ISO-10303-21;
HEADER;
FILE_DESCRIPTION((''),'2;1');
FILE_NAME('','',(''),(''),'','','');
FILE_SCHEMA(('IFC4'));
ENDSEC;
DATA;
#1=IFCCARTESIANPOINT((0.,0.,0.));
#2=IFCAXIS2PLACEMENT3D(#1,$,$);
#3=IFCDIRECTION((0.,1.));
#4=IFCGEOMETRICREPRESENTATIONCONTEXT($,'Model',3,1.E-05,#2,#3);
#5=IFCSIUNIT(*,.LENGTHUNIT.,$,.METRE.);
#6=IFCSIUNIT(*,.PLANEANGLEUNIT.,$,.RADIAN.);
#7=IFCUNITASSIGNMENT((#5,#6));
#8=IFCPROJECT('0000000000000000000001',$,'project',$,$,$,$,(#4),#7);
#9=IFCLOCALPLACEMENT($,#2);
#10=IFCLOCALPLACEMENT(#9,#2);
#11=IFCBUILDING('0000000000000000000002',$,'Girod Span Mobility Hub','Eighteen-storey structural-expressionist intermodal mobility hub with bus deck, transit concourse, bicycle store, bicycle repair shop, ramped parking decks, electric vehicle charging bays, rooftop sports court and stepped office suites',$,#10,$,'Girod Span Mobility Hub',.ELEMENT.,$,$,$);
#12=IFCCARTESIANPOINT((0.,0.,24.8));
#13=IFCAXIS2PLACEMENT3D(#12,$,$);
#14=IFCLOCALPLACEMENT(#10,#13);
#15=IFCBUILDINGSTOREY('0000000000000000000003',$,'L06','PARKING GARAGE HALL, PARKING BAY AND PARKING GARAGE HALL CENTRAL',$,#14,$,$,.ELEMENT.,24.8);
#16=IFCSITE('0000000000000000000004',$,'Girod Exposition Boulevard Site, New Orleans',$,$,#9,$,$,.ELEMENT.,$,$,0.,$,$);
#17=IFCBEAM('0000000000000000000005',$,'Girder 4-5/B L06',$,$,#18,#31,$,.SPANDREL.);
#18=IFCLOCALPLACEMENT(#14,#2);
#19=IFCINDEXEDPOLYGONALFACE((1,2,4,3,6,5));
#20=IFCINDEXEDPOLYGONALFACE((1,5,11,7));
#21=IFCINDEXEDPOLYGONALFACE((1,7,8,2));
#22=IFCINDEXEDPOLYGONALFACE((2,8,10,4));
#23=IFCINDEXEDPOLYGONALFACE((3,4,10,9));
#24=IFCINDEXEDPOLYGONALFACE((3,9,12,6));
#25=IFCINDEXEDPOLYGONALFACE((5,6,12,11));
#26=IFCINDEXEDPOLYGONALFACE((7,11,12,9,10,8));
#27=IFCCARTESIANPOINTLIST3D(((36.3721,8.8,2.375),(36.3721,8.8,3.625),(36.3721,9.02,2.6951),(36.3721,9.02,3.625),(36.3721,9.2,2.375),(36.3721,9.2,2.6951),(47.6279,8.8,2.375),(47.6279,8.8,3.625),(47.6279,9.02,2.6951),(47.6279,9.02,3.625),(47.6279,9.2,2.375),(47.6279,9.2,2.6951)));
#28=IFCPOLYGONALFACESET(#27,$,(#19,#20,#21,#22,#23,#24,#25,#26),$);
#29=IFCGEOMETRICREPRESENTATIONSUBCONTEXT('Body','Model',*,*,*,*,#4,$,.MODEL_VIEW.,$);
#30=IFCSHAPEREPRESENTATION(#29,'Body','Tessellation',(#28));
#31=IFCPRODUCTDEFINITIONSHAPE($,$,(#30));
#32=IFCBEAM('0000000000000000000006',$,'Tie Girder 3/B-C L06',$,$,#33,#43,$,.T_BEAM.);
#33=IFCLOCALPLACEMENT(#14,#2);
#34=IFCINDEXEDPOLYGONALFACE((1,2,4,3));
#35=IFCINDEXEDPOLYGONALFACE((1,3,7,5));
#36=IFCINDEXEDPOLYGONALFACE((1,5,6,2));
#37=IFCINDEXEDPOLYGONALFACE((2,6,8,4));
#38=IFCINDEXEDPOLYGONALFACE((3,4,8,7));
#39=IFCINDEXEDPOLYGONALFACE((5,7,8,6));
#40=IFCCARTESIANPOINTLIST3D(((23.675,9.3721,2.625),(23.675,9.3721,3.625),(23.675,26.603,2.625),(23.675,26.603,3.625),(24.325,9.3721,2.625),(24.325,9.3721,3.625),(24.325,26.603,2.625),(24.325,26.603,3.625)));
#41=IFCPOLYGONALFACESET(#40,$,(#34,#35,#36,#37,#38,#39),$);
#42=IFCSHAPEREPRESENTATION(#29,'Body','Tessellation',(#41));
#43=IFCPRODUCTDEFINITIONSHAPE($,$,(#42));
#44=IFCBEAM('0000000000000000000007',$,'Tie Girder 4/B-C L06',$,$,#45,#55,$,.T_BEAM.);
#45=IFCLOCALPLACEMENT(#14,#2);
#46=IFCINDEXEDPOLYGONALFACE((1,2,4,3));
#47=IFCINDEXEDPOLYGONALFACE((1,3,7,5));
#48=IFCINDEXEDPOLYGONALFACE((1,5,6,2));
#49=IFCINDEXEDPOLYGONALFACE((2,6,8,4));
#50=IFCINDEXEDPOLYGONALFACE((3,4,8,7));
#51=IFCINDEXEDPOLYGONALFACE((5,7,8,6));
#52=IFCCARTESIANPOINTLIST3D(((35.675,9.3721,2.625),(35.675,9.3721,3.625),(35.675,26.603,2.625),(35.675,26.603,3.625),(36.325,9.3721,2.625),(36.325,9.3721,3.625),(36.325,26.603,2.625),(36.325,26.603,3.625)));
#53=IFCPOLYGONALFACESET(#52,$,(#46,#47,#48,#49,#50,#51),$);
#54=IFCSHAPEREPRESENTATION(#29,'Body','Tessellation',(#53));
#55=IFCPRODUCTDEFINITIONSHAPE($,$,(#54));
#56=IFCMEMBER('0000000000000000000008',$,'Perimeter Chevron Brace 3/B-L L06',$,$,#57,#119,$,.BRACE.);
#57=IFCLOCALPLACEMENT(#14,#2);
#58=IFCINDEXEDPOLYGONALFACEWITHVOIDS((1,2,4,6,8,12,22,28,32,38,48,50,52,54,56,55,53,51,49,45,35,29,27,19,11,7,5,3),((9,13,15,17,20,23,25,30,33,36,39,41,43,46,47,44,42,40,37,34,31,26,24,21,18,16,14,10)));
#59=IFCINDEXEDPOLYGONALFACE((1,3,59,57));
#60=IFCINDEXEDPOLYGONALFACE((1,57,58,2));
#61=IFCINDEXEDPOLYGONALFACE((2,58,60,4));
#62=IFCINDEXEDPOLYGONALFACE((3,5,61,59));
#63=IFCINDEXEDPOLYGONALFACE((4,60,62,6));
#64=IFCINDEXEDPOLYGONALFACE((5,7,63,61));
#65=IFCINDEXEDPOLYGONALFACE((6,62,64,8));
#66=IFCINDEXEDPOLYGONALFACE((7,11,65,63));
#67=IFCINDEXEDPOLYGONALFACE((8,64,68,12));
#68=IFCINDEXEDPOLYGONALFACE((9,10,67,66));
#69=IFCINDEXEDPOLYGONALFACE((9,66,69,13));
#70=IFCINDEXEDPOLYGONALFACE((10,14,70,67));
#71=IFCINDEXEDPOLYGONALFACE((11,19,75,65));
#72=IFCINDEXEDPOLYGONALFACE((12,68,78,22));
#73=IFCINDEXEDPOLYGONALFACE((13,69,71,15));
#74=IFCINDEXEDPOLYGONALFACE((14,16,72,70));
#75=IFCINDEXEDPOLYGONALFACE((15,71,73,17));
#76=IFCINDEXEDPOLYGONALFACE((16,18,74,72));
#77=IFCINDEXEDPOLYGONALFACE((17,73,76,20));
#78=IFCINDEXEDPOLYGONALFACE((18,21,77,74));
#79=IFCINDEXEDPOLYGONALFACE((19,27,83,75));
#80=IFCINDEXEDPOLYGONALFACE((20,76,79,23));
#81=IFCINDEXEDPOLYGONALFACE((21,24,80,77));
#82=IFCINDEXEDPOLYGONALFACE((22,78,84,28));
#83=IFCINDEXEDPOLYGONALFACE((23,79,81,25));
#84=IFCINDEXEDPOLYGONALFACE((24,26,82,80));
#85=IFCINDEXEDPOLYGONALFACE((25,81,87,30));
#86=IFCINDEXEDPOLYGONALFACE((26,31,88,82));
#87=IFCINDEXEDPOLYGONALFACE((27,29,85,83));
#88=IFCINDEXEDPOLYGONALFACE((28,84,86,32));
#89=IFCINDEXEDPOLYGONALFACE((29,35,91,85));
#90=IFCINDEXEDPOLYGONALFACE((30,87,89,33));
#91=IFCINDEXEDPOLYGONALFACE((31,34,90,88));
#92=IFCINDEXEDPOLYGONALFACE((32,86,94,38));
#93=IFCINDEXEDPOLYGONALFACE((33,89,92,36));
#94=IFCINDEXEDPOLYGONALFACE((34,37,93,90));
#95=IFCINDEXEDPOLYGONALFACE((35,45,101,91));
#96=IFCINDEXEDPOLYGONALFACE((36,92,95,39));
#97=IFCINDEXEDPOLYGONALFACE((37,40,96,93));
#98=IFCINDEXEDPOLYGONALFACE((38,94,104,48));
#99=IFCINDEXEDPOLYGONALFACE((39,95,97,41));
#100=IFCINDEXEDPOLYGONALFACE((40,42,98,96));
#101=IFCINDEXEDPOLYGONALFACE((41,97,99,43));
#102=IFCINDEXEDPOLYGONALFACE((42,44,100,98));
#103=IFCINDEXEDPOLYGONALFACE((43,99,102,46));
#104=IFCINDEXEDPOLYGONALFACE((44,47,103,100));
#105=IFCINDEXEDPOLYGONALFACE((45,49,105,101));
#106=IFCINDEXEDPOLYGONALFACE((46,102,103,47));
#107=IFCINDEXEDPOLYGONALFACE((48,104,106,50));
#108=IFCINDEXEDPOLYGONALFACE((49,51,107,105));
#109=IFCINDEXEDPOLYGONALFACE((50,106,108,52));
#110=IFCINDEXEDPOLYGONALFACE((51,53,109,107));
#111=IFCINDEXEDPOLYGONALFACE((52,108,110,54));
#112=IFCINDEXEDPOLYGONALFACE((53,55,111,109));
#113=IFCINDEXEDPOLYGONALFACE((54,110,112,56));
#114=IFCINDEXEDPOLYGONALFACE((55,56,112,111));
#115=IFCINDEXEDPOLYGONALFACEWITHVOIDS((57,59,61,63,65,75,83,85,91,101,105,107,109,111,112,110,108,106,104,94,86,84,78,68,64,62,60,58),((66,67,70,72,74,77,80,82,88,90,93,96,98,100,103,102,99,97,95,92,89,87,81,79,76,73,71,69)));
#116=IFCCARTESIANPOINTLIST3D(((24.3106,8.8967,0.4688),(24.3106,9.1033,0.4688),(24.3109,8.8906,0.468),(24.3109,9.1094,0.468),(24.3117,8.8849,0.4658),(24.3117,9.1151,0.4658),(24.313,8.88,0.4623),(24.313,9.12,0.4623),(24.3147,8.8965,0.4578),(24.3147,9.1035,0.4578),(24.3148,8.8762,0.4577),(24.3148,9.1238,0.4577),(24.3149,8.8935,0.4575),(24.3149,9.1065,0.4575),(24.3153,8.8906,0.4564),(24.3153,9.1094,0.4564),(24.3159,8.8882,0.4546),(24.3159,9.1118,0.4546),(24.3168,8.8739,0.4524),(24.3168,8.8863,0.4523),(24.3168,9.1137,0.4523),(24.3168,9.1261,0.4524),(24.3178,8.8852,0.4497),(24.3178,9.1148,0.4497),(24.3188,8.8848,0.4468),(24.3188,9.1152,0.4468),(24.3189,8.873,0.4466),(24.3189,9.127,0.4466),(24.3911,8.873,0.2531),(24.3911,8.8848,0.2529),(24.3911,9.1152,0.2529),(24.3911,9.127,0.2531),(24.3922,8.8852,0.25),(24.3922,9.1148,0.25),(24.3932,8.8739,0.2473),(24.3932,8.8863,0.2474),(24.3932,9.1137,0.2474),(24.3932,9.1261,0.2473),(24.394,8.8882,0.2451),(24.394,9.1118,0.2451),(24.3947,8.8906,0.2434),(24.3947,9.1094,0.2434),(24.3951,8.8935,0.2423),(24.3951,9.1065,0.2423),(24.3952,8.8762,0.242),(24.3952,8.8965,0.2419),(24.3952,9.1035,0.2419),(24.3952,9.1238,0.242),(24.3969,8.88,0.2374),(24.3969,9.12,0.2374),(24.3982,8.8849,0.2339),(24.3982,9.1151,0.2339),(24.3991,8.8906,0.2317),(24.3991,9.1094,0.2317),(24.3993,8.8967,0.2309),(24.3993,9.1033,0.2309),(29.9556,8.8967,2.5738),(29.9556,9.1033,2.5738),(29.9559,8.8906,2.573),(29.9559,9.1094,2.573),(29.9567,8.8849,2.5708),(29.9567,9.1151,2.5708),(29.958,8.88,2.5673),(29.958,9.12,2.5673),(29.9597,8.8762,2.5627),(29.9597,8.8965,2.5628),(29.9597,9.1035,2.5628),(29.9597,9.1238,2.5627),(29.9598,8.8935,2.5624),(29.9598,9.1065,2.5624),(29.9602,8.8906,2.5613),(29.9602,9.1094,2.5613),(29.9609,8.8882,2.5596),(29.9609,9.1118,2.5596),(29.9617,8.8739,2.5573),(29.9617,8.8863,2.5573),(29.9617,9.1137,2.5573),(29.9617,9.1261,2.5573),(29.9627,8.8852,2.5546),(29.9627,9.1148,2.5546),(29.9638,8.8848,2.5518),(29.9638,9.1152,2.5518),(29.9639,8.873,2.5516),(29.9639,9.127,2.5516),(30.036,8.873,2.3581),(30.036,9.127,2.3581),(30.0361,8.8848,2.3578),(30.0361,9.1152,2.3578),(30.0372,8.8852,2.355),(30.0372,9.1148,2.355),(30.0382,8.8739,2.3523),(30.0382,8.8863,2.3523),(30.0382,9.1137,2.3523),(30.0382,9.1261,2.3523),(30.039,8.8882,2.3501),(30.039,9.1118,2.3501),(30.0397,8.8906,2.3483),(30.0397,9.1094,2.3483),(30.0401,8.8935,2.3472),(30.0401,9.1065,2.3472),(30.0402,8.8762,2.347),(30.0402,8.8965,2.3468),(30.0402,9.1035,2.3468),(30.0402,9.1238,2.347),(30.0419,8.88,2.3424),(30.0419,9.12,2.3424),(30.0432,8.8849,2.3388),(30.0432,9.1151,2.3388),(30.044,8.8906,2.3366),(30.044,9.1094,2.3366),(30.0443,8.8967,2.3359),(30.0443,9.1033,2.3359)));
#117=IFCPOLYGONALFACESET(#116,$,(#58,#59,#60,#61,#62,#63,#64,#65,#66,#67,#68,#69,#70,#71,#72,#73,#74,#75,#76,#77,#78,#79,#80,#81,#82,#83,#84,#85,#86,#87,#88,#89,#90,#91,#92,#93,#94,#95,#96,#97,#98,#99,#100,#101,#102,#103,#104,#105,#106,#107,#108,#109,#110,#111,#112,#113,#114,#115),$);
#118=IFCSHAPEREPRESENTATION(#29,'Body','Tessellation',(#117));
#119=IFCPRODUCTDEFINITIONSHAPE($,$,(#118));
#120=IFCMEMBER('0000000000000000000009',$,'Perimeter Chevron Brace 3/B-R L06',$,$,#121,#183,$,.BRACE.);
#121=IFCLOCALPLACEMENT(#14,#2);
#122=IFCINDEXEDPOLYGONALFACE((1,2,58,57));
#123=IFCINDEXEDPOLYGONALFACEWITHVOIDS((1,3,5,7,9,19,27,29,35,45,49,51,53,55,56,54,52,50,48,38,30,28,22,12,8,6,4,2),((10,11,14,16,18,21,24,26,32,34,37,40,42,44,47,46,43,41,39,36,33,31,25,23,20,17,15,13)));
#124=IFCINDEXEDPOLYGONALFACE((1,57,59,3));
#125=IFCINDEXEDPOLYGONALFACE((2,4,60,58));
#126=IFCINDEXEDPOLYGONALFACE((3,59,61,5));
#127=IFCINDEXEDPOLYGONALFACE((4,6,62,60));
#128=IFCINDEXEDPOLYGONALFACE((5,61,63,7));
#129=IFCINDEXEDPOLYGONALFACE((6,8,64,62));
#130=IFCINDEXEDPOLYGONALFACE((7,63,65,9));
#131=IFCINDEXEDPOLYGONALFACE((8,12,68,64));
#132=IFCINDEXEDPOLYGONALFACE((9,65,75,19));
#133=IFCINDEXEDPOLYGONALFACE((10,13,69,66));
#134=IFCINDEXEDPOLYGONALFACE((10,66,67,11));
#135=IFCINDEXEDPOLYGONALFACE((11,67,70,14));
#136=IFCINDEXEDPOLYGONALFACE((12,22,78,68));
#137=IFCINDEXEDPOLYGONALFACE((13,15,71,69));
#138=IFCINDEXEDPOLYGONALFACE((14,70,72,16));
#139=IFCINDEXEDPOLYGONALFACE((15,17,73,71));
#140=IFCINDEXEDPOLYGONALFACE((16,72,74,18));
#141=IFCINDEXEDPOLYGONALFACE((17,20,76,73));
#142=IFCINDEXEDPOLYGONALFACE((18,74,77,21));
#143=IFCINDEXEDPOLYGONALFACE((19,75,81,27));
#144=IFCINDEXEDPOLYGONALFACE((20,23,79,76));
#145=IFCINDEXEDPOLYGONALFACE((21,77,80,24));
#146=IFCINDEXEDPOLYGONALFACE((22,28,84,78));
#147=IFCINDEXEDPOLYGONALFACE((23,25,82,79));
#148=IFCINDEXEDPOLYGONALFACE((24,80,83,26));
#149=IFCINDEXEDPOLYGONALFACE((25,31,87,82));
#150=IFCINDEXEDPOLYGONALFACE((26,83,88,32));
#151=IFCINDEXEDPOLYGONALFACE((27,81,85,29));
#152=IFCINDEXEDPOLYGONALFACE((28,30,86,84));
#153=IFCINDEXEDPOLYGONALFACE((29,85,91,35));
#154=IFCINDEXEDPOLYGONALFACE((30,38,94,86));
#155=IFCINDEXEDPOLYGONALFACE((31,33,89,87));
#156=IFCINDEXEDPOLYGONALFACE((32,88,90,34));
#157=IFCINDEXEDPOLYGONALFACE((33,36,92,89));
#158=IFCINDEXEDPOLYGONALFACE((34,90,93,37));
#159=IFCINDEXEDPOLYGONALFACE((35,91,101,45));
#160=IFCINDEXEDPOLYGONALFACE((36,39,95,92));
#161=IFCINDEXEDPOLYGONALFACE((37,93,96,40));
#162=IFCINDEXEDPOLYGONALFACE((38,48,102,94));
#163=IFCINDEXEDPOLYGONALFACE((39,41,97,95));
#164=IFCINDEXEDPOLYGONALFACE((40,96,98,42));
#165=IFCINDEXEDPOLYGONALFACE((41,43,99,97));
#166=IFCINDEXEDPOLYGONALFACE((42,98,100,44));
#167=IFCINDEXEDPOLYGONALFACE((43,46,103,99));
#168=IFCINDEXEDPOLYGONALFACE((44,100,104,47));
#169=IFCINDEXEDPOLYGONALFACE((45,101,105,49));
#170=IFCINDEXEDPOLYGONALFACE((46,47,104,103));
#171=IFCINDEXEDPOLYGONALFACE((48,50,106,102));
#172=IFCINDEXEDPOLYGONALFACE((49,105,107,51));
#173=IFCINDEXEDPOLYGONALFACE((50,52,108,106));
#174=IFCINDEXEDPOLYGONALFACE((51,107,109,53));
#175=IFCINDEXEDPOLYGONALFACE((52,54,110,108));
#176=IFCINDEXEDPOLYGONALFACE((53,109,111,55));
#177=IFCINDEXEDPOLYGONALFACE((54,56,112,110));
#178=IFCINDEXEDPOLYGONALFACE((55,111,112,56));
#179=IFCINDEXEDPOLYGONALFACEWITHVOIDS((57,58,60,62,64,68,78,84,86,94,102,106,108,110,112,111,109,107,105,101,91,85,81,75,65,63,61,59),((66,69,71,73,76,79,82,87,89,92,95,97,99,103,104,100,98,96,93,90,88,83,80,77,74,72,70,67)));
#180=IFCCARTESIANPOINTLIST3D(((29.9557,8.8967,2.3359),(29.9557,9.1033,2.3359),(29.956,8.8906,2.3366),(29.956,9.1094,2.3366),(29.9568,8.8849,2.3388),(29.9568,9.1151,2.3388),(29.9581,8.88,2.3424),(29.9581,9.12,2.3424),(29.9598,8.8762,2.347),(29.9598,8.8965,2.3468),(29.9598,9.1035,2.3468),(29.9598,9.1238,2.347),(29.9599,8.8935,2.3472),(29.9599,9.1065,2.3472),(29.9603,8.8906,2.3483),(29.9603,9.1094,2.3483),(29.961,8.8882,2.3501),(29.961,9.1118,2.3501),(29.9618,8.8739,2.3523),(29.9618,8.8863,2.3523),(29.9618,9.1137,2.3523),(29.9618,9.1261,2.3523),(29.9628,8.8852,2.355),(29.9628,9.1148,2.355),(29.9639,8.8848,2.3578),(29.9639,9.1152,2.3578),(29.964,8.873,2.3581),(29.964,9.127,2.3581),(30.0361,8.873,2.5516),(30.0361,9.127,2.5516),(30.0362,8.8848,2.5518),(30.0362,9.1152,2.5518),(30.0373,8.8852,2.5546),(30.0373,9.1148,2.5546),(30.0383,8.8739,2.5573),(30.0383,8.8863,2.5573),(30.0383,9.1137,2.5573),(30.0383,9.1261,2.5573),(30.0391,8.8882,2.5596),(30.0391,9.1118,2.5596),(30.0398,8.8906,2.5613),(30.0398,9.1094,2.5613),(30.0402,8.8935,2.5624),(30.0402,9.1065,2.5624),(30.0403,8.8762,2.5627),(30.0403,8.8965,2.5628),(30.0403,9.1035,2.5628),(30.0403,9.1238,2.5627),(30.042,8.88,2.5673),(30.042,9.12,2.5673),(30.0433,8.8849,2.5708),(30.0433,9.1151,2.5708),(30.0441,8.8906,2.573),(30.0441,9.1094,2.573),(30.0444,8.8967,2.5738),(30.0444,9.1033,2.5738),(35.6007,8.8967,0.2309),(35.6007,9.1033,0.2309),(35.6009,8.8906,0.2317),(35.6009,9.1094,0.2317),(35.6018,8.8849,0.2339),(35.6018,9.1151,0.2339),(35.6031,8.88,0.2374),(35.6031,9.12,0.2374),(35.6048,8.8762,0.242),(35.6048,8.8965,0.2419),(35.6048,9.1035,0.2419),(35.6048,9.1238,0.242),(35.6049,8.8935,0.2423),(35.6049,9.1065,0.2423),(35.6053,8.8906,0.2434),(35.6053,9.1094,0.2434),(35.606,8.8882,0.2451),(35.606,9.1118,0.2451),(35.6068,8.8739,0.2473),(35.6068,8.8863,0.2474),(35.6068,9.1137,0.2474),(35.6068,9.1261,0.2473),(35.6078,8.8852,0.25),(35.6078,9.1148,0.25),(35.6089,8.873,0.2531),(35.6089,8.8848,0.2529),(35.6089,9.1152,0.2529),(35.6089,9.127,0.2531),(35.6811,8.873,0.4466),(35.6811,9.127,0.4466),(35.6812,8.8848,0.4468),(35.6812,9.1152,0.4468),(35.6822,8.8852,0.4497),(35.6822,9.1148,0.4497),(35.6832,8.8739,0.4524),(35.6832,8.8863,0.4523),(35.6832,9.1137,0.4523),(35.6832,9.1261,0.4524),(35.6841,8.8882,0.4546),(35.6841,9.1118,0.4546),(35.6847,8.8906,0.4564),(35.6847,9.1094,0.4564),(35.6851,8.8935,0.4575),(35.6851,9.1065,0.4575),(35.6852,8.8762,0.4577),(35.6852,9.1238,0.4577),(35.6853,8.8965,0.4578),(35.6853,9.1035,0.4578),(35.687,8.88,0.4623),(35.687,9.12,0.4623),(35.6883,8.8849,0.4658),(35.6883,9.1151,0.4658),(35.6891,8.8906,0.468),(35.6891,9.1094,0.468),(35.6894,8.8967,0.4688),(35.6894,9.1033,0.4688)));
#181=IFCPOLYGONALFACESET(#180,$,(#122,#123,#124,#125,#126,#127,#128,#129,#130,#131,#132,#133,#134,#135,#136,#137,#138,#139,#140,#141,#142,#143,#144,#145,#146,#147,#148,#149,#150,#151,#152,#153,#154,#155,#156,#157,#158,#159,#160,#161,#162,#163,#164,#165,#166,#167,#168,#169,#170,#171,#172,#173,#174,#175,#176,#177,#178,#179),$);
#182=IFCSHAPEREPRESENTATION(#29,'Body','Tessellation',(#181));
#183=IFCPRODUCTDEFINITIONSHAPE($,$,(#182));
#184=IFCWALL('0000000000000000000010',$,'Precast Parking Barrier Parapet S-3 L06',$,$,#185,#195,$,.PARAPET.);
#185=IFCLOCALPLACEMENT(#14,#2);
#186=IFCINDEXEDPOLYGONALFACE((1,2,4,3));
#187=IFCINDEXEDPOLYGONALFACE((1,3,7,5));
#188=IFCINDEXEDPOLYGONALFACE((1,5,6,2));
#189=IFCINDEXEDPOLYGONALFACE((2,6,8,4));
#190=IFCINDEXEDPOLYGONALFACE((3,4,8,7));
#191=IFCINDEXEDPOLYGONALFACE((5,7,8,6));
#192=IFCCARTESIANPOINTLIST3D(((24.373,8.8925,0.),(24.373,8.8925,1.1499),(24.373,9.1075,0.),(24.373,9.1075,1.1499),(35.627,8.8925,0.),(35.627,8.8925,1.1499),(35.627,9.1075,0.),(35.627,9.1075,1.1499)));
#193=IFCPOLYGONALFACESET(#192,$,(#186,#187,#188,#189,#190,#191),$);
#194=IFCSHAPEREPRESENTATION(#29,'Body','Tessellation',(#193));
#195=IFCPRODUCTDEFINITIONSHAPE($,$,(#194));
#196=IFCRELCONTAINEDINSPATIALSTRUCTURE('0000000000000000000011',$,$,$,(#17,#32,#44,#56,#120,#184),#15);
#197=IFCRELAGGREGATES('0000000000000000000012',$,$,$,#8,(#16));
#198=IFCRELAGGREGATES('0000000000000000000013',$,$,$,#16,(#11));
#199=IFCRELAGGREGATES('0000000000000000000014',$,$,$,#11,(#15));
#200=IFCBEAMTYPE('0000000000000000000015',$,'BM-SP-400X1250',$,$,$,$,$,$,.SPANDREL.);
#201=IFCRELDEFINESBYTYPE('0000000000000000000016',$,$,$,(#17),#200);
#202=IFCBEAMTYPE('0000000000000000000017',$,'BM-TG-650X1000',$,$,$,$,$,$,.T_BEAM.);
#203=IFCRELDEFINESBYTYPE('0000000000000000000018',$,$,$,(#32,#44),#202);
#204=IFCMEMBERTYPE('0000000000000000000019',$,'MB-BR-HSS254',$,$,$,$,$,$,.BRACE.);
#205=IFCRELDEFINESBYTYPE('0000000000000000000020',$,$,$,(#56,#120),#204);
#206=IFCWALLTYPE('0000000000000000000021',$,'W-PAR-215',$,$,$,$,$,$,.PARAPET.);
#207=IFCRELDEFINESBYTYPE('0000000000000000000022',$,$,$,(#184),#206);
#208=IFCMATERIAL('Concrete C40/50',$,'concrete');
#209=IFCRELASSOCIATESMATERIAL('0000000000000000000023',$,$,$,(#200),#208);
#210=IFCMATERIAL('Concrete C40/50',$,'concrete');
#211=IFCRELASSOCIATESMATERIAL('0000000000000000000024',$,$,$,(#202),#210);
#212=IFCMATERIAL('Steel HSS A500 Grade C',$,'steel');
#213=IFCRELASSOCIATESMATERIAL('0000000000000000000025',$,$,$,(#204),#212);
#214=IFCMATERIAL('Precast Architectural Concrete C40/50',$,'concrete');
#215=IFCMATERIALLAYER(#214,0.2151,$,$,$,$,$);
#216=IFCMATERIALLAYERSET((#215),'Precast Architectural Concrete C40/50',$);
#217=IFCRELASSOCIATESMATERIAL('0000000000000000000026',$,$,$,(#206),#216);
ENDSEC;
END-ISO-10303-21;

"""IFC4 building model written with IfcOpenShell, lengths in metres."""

from ifc_helpers import new_model, si_unit, direction, frame, frame_2d, origin, origin_2d, place, context, subcontext, project, spatial, polyline, rectangle, hollow_rectangle, outline, extrude, material, layer, layer_set, material_profile, profile_set, type_object, element, save


model = new_model("IFC4")

# Units and contexts
model_context = context("Model", 3, precision=1e-05, world=origin(), true_north=direction((0.0, 1.0)))
body_context = subcontext(model_context, "Body", "Model", "MODEL_VIEW")
ifc_project = project(units=[si_unit("LENGTHUNIT", "METRE"), si_unit("PLANEANGLEUNIT", "RADIAN")], contexts=[model_context])

# Site, building, storey
site_placement = place(None, origin())
site = spatial("IfcSite", under=ifc_project, at=site_placement, Name="Girod Exposition Boulevard Site, New Orleans", CompositionType="ELEMENT", RefElevation=0.0)
building_placement = place(site_placement, origin())
building = spatial("IfcBuilding", under=site, at=building_placement, Name="Girod Span Mobility Hub", Description="Eighteen-storey structural-expressionist intermodal mobility hub with bus deck, transit concourse, bicycle store, bicycle repair shop, ramped parking decks, electric vehicle charging bays, rooftop sports court and stepped office suites", LongName="Girod Span Mobility Hub", CompositionType="ELEMENT")
storey_placement = place(building_placement, frame((0.0, 0.0, 24.8)))
storey = spatial("IfcBuildingStorey", under=building, at=storey_placement, Name="L06", Description="PARKING GARAGE HALL, PARKING BAY AND PARKING GARAGE HALL CENTRAL", CompositionType="ELEMENT", Elevation=24.8)

# Beams
ifc_material_1 = material(Name="Concrete C40/50", Category="concrete")
ifc_material_profile_1 = material_profile(ifc_material_1, outline(polyline([(-0.2, -0.625), (0.2, -0.625), (0.2, -0.3049), (0.02, -0.3049), (0.02, 0.625), (-0.2, 0.625), (-0.2, -0.625)])), Name="SP-400X1250")
ifc_profile_set_1 = profile_set([ifc_material_profile_1], Name="Concrete C40/50")
beam_type_1 = type_object("IfcBeamType", Name="BM-SP-400X1250", PredefinedType="SPANDREL", material=ifc_profile_set_1)
for number, where, z_axis, x_axis, name in (
    (1, (36.3721, 9.0, 3.0), (1.0, 0.0, 0.0), (0.0, 1.0, 0.0), "Girder 4-5/B L06"),
):
    element("IfcBeam", number, at=place(storey_placement, frame(where, z_axis=z_axis, x_axis=x_axis)), inside=storey, type_object=beam_type_1, Name=name, PredefinedType="SPANDREL", context=body_context, shape_type="SweptSolid", body=[
        extrude(outline(polyline([(-0.2, -0.625), (0.2, -0.625), (0.2, -0.3049), (0.02, -0.3049), (0.02, 0.625), (-0.2, 0.625), (-0.2, -0.625)])), origin(), (0.0, 0.0, 1.0), 11.2559),
    ])
ifc_material_2 = material(Name="Concrete C40/50", Category="concrete")
ifc_material_profile_2 = material_profile(ifc_material_2, rectangle(XDim=0.6499, YDim=1.0, at=origin_2d()), Name="TG-650X1000")
ifc_profile_set_2 = profile_set([ifc_material_profile_2], Name="Concrete C40/50")
beam_type_2 = type_object("IfcBeamType", Name="BM-TG-650X1000", PredefinedType="T_BEAM", material=ifc_profile_set_2)
for number, where, z_axis, x_axis, name in (
    (2, (24.0, 9.3721, 3.125), (0.0, 1.0, 0.0), (-1.0, 0.0, 0.0), "Tie Girder 3/B-C L06"),
    (3, (36.0, 9.3721, 3.125), (0.0, 1.0, 0.0), (-1.0, 0.0, 0.0), "Tie Girder 4/B-C L06"),
):
    element("IfcBeam", number, at=place(storey_placement, frame(where, z_axis=z_axis, x_axis=x_axis)), inside=storey, type_object=beam_type_2, Name=name, PredefinedType="T_BEAM", context=body_context, shape_type="SweptSolid", body=[
        extrude(rectangle(XDim=0.6499, YDim=1.0, at=origin_2d()), origin(), (0.0, 0.0, 1.0), 17.231),
    ])

# Members
ifc_material_3 = material(Name="Steel HSS A500 Grade C", Category="steel")
ifc_material_profile_3 = material_profile(ifc_material_3, hollow_rectangle(XDim=0.2539, YDim=0.2539, WallThickness=0.0117, InnerFilletRadius=0.0117, OuterFilletRadius=0.0237, at=origin_2d()), Name="HSS254X254X12.7")
ifc_profile_set_3 = profile_set([ifc_material_profile_3], Name="Steel HSS A500 Grade C")
member_type = type_object("IfcMemberType", Name="MB-BR-HSS254", PredefinedType="BRACE", material=ifc_profile_set_3)
for number, where, z_axis, x_axis, name in (
    (4, (24.355, 9.0, 0.3499), (0.936977, 0.0, 0.349391), (0.0, 1.0, 0.0), "Perimeter Chevron Brace 3/B-L L06"),
    (5, (35.645, 9.0, 0.3499), (-0.936977, 0.0, 0.349391), (0.0, -1.0, 0.0), "Perimeter Chevron Brace 3/B-R L06"),
):
    element("IfcMember", number, at=place(storey_placement, frame(where, z_axis=z_axis, x_axis=x_axis)), inside=storey, type_object=member_type, Name=name, PredefinedType="BRACE", context=body_context, shape_type="SweptSolid", body=[
        extrude(hollow_rectangle(XDim=0.2539, YDim=0.2539, WallThickness=0.0117, InnerFilletRadius=0.0117, OuterFilletRadius=0.0237, at=origin_2d()), origin(), (0.0, 0.0, 1.0), 6.0247),
    ])

# Wall
ifc_material_4 = material(Name="Precast Architectural Concrete C40/50", Category="concrete")
ifc_layer = layer(ifc_material_4, 0.2151)
ifc_layer_set = layer_set([ifc_layer], Name="Precast Architectural Concrete C40/50")
wall_type = type_object("IfcWallType", Name="W-PAR-215", PredefinedType="PARAPET", material=ifc_layer_set)
for number, where, z_axis, x_axis, name in (
    (6, (24.373, 9.0, 0.0), (0.0, 0.0, 1.0), (1.0, 0.0, 0.0), "Precast Parking Barrier Parapet S-3 L06"),
):
    element("IfcWall", number, at=place(storey_placement, frame(where, z_axis=z_axis, x_axis=x_axis)), inside=storey, type_object=wall_type, Name=name, PredefinedType="PARAPET", context=body_context, shape_type="SweptSolid", body=[
        extrude(rectangle(XDim=11.2539, YDim=0.2151, at=frame_2d((5.627, 0.0))), origin(), (0.0, 0.0, 1.0), 1.1499),
    ])

save(model, "model.ifc")
